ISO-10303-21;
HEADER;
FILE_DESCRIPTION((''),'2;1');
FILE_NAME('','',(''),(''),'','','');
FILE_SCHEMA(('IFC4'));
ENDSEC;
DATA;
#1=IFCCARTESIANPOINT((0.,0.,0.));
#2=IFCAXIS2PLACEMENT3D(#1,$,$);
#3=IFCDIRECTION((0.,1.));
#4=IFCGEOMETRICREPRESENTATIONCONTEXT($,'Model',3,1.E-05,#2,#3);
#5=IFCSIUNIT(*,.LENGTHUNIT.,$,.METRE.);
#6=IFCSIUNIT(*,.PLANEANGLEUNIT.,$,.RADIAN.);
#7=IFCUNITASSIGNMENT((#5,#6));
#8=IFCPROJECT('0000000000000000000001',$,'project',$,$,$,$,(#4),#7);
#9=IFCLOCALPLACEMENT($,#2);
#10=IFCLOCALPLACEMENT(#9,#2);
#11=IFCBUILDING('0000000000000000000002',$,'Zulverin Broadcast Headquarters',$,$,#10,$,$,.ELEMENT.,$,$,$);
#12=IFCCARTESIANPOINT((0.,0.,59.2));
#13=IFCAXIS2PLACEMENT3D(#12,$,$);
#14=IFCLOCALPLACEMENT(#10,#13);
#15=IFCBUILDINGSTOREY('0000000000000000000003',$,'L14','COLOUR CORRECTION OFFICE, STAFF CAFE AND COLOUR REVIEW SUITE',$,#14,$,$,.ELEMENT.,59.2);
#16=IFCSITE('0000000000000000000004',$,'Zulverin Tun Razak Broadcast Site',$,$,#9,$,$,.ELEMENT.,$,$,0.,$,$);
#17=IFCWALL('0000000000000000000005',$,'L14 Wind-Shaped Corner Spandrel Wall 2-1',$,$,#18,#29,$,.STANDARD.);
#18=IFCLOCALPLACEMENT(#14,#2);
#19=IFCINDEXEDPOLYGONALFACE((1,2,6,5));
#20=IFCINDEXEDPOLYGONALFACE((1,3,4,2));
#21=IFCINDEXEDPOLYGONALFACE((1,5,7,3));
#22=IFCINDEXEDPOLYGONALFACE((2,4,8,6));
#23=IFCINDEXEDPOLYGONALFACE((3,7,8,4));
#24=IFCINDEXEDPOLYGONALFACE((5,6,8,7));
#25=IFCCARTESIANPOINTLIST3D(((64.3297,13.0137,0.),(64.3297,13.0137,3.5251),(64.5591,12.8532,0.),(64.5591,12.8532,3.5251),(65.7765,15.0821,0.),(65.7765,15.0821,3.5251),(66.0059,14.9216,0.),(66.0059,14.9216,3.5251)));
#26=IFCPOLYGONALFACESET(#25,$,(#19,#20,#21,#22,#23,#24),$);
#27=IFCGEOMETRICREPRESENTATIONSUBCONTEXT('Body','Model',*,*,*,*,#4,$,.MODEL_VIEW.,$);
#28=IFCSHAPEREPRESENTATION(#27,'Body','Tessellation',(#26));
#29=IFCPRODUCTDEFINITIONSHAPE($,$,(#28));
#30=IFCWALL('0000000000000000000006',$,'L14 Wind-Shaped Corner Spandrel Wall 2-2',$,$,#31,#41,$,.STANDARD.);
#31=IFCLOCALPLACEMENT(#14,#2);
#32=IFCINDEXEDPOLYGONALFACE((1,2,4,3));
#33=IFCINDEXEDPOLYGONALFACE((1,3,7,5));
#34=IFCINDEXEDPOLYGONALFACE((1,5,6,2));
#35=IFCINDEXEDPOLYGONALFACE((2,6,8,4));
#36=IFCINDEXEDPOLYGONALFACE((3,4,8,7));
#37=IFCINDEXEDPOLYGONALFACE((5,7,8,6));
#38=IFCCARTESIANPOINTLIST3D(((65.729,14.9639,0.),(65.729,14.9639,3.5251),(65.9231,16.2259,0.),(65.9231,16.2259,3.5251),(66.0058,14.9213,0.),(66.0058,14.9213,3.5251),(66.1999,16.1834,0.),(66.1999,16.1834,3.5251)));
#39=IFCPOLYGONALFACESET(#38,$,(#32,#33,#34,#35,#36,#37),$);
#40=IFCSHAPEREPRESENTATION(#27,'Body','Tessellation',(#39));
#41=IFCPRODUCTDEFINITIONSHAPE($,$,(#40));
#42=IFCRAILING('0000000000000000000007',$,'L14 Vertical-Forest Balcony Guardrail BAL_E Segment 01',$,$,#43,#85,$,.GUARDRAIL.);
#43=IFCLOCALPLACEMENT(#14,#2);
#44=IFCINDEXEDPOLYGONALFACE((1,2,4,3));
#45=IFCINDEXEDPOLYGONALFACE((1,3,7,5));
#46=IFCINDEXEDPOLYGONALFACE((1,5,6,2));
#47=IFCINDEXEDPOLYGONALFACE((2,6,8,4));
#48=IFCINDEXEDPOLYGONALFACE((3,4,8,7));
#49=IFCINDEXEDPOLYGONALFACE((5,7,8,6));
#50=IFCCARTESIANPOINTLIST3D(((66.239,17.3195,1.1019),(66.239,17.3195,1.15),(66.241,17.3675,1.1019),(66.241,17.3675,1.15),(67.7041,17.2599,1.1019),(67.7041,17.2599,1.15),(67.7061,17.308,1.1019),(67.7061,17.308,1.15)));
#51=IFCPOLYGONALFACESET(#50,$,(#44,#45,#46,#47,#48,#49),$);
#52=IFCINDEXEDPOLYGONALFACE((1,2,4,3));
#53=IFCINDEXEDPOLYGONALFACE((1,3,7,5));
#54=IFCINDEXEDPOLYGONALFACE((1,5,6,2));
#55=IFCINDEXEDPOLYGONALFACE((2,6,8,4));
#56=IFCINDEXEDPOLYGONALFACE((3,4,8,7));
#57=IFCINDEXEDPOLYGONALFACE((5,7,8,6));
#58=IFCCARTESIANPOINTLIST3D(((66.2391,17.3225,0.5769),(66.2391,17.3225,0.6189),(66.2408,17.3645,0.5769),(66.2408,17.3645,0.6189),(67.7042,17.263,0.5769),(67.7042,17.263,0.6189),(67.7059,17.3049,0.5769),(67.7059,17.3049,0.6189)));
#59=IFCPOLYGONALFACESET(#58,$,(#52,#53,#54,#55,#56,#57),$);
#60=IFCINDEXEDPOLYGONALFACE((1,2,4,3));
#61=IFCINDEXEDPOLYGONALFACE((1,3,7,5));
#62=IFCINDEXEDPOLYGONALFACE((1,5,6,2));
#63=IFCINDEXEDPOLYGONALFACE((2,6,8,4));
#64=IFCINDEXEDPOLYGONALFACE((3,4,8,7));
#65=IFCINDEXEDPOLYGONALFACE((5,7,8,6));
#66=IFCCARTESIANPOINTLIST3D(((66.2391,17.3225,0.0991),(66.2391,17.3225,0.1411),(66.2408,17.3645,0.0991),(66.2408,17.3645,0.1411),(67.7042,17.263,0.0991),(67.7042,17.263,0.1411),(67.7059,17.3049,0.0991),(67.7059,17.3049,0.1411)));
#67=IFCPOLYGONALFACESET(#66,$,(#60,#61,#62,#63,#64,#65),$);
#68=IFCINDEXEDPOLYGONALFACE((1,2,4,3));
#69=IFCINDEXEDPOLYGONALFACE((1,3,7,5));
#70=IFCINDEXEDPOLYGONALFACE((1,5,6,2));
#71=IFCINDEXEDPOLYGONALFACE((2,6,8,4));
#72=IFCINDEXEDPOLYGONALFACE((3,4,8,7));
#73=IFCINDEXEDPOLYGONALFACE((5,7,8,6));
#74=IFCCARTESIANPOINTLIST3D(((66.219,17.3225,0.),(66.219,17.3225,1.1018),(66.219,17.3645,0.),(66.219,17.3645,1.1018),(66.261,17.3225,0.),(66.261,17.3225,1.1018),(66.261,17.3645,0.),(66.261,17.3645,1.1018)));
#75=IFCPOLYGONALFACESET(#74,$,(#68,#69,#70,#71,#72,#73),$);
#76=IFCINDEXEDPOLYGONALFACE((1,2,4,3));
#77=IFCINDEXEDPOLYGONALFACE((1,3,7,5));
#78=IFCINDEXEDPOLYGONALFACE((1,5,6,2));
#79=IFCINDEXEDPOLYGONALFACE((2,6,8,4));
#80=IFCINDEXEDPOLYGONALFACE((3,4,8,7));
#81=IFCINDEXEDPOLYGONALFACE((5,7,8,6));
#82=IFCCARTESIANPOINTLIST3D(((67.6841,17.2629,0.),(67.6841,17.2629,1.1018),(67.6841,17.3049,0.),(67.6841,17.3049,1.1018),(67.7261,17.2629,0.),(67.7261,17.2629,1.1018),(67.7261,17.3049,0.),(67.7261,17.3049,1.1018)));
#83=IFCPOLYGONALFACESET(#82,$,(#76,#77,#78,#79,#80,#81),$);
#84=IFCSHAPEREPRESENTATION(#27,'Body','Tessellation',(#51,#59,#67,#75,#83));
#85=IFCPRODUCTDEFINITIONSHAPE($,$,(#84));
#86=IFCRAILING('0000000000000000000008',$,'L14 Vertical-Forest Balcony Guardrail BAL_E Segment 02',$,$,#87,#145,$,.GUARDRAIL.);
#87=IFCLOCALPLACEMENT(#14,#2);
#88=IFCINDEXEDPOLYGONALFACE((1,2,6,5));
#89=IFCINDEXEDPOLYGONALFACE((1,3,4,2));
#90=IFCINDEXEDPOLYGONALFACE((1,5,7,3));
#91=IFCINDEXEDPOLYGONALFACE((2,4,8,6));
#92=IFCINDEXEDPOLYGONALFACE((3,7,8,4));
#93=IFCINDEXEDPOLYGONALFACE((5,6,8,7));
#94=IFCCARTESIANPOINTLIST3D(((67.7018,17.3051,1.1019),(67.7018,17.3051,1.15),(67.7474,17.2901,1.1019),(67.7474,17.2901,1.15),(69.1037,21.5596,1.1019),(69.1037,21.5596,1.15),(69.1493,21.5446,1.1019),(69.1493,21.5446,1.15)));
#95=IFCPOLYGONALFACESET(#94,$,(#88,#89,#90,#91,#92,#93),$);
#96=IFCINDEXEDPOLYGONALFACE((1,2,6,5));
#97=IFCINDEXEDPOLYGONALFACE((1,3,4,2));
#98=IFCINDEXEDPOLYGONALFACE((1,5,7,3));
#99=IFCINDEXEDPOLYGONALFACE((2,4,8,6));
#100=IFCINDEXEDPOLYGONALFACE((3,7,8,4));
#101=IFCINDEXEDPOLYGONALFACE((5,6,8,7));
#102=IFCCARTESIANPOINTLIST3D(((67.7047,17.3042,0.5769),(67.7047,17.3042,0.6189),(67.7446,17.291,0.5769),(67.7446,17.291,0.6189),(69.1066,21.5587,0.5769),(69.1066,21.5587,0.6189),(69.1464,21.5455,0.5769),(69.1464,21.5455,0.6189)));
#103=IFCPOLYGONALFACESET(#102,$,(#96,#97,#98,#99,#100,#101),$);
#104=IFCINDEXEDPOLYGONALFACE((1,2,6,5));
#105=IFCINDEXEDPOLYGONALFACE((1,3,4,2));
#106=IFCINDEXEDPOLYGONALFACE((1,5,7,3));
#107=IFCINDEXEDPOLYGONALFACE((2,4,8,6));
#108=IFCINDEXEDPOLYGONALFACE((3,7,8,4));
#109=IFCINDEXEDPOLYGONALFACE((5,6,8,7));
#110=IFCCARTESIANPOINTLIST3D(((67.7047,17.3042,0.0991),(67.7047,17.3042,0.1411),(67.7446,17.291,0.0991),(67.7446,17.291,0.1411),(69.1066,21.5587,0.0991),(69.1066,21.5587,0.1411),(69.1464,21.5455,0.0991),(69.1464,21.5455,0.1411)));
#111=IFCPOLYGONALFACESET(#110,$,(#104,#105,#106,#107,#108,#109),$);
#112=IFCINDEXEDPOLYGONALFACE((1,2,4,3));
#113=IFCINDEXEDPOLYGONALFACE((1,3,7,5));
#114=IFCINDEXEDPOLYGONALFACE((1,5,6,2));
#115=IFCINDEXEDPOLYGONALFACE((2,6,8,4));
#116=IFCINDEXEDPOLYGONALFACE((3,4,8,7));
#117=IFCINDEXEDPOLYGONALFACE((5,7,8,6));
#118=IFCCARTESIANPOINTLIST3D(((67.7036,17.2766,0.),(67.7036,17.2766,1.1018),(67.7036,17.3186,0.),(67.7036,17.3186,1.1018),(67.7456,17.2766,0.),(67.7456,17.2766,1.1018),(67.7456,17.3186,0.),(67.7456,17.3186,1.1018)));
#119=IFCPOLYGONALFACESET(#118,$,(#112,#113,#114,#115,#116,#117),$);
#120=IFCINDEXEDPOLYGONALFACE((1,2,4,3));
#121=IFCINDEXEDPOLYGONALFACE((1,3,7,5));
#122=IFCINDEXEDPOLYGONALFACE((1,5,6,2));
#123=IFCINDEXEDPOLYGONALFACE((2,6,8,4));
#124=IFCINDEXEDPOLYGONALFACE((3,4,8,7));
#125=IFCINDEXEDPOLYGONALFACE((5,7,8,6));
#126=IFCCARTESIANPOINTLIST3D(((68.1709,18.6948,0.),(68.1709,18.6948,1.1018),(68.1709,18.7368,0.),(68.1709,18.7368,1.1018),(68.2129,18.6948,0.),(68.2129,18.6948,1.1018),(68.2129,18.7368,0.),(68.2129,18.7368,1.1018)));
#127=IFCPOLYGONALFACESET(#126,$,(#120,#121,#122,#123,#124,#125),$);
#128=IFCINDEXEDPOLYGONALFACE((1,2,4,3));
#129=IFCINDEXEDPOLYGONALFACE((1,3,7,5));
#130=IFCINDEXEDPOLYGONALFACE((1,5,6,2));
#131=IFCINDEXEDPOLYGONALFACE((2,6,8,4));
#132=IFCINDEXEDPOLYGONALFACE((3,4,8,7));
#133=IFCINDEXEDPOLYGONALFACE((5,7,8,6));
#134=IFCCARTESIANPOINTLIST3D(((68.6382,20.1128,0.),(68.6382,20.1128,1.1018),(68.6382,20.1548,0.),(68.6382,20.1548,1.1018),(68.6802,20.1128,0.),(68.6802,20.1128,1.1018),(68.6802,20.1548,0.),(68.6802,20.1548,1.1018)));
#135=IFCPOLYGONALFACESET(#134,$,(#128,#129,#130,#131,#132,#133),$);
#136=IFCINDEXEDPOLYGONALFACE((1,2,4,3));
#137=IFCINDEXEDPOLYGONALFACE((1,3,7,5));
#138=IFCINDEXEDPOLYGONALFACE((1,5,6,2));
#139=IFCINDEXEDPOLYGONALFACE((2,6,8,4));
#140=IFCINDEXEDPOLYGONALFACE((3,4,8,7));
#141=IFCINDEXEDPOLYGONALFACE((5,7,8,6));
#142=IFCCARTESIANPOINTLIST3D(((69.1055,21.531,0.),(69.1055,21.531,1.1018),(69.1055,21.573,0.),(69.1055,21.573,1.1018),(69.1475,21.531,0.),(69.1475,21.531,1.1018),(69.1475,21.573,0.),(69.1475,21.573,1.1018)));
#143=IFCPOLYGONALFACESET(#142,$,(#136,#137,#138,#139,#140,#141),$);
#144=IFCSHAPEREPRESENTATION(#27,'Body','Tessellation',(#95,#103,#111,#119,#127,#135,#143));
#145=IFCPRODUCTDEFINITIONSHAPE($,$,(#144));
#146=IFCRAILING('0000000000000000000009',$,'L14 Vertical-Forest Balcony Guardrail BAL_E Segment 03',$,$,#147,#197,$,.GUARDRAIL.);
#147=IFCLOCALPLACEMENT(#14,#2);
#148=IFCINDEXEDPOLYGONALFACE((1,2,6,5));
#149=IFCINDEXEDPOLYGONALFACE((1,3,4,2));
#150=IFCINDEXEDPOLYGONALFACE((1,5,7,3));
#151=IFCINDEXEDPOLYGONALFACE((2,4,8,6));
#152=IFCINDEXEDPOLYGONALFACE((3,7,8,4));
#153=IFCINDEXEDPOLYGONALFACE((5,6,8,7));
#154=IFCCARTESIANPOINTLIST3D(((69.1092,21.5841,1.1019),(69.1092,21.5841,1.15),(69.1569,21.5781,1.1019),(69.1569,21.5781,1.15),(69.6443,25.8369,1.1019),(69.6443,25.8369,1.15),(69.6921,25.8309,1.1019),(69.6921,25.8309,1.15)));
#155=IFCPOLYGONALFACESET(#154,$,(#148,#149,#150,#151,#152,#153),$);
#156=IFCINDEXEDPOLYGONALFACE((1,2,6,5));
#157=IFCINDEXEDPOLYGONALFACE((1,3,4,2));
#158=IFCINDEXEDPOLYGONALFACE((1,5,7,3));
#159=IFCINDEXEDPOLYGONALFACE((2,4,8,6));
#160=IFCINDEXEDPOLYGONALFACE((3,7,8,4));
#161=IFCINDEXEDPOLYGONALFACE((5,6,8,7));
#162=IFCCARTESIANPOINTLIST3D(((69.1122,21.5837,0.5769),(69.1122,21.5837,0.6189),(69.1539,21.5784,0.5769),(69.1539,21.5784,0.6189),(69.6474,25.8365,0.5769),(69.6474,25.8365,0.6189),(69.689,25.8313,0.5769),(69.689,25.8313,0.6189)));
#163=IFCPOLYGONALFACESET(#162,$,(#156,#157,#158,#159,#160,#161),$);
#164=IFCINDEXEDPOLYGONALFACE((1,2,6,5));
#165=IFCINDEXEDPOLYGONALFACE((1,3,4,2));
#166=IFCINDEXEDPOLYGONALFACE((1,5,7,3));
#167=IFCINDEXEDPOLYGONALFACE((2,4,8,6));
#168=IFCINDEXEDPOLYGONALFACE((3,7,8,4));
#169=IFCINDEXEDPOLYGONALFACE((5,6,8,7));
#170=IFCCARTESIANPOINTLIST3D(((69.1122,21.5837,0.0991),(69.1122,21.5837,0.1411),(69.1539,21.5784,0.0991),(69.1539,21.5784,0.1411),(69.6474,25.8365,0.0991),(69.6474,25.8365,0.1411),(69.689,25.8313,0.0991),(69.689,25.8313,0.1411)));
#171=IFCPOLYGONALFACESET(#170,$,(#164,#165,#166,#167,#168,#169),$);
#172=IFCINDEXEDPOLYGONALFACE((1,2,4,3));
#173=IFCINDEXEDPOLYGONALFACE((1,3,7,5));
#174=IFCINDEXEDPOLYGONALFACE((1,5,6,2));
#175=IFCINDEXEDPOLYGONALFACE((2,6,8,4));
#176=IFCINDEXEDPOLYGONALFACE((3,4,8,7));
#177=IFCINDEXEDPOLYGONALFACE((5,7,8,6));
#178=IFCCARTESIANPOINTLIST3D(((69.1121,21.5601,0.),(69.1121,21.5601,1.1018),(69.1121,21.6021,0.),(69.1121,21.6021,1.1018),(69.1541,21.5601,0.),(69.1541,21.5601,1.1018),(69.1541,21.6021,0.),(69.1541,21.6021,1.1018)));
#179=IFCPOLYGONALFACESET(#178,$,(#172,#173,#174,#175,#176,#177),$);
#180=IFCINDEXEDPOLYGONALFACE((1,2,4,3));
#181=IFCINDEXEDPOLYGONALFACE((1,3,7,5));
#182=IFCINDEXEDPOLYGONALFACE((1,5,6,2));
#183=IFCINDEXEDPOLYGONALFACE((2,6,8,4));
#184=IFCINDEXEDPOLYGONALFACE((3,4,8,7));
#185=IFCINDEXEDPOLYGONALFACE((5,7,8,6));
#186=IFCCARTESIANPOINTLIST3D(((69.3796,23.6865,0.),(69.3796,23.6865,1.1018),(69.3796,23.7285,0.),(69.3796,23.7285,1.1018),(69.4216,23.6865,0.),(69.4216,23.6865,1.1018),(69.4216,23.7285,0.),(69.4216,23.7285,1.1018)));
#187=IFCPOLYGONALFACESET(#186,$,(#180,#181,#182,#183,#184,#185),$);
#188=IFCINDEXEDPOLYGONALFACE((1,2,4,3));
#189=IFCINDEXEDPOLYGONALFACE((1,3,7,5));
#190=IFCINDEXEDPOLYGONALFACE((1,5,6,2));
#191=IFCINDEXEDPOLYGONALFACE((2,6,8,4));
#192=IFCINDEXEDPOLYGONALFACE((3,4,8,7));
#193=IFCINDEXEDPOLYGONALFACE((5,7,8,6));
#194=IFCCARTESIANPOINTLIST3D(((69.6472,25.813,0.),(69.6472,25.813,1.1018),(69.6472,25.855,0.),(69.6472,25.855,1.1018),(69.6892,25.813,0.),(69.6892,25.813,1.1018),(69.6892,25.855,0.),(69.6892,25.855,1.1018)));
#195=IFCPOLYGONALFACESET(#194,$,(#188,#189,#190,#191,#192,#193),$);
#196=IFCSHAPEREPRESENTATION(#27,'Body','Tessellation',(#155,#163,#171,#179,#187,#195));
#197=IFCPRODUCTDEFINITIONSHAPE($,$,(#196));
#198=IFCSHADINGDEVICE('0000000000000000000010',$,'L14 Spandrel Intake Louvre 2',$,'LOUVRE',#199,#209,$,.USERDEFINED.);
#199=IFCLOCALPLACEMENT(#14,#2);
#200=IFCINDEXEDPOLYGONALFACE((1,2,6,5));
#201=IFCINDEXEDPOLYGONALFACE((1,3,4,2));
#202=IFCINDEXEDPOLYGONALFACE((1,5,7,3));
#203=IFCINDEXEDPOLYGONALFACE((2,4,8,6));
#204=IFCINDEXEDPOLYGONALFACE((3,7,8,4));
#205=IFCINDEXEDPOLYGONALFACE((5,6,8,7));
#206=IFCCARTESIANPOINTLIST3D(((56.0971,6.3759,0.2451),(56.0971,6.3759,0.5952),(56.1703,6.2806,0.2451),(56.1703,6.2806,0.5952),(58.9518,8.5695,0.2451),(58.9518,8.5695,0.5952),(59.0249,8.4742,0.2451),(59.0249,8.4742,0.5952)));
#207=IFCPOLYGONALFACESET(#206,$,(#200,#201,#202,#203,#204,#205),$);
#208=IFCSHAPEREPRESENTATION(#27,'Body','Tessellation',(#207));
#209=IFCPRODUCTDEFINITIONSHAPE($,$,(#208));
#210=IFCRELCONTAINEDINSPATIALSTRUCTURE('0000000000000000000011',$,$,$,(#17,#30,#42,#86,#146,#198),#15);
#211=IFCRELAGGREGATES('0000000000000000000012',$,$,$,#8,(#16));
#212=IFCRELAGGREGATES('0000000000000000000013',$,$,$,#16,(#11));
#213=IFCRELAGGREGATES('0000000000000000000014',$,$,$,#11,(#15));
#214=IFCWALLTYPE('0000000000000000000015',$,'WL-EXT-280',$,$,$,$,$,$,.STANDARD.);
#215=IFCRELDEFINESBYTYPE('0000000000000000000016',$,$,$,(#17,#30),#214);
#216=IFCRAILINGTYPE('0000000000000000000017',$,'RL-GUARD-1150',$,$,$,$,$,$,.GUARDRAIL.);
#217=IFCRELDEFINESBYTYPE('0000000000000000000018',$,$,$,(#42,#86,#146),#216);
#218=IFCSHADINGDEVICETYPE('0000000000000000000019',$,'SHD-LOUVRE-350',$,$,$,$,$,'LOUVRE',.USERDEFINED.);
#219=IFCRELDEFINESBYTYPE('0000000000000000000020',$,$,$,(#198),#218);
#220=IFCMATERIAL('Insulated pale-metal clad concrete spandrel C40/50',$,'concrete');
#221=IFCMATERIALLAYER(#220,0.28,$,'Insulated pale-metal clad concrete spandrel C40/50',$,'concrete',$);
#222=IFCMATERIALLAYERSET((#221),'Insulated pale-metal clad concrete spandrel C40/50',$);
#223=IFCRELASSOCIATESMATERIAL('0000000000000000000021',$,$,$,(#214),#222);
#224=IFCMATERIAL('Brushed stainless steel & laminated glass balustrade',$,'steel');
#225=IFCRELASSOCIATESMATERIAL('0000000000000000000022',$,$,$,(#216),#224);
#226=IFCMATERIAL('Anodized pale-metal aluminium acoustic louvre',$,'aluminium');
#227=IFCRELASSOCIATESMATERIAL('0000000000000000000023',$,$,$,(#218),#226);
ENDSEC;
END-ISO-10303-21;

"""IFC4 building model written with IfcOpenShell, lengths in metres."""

from ifc_helpers import new_model, si_unit, direction, frame, frame_2d, origin, origin_2d, place, context, subcontext, project, spatial, rectangle, extrude, material, layer, layer_set, type_object, element, save


model = new_model("IFC4")

# Units and contexts
model_context = context("Model", 3, precision=1e-05, world=origin(), true_north=direction((0.0, 1.0)))
body_context = subcontext(model_context, "Body", "Model", "MODEL_VIEW")
ifc_project = project(units=[si_unit("LENGTHUNIT", "METRE"), si_unit("PLANEANGLEUNIT", "RADIAN")], contexts=[model_context])

# Site, building, storey
site_placement = place(None, origin())
site = spatial("IfcSite", under=ifc_project, at=site_placement, Name="Zulverin Tun Razak Broadcast Site", CompositionType="ELEMENT", RefElevation=0.0)
building_placement = place(site_placement, origin())
building = spatial("IfcBuilding", under=site, at=building_placement, Name="Zulverin Broadcast Headquarters", CompositionType="ELEMENT")
storey_placement = place(building_placement, frame((0.0, 0.0, 59.2)))
storey = spatial("IfcBuildingStorey", under=building, at=storey_placement, Name="L14", Description="COLOUR CORRECTION OFFICE, STAFF CAFE AND COLOUR REVIEW SUITE", CompositionType="ELEMENT", Elevation=59.2)

# Shared definitions
ifc_material_1 = material(Name="Insulated pale-metal clad concrete spandrel C40/50", Category="concrete")
ifc_layer_1 = layer(ifc_material_1, 0.28, Name="Insulated pale-metal clad concrete spandrel C40/50", Category="concrete")
ifc_layer_set_1 = layer_set([ifc_layer_1], Name="Insulated pale-metal clad concrete spandrel C40/50")
wall_type = type_object("IfcWallType", Name="WL-EXT-280", PredefinedType="STANDARD", material=ifc_layer_set_1)

# Walls
wall_1_placement = place(storey_placement, frame((64.4443, 12.9333, 0.0), z_axis=(0.0, 0.0, 1.0), x_axis=(0.573177, 0.819432, 0.0)))
element("IfcWall", 1, at=wall_1_placement, inside=storey, type_object=wall_type, Name="L14 Wind-Shaped Corner Spandrel Wall 2-1", PredefinedType="STANDARD", context=body_context, shape_type="SweptSolid", body=[
    extrude(rectangle(XDim=2.5242, YDim=0.28, at=frame_2d((1.2622, 0.0))), origin(), (0.0, 0.0, 1.0), 3.5251),
])
wall_2_placement = place(storey_placement, frame((65.8674, 14.9426, 0.0), z_axis=(0.0, 0.0, 1.0), x_axis=(0.152014, 0.988378, 0.0)))
element("IfcWall", 2, at=wall_2_placement, inside=storey, type_object=wall_type, Name="L14 Wind-Shaped Corner Spandrel Wall 2-2", PredefinedType="STANDARD", context=body_context, shape_type="SweptSolid", body=[
    extrude(rectangle(XDim=1.2769, YDim=0.28, at=frame_2d((0.6384, 0.0))), origin(), (0.0, 0.0, 1.0), 3.5251),
])

# Railings
ifc_material_2 = material(Name="Brushed stainless steel & laminated glass balustrade", Category="steel")
railing_type = type_object("IfcRailingType", Name="RL-GUARD-1150", PredefinedType="GUARDRAIL", material=ifc_material_2)
railing_1_placement = place(storey_placement, frame((66.24, 17.3435, 0.0)))
element("IfcRailing", 3, at=railing_1_placement, inside=storey, type_object=railing_type, Name="L14 Vertical-Forest Balcony Guardrail BAL_E Segment 01", PredefinedType="GUARDRAIL", context=body_context, shape_type="SweptSolid", body=[
    extrude(rectangle(XDim=0.0481, YDim=0.0481, at=origin_2d()), frame((0.0, 0.0, 1.126), z_axis=(0.999174, -0.040626, 0.0), x_axis=(0.040626, 0.999174, 0.0)), (0.0, 0.0, 1.0), 1.4663),
    extrude(rectangle(XDim=0.042, YDim=0.042, at=origin_2d()), frame((0.0, 0.0, 0.5979), z_axis=(0.999174, -0.040626, 0.0), x_axis=(0.040626, 0.999174, 0.0)), (0.0, 0.0, 1.0), 1.4663),
    extrude(rectangle(XDim=0.042, YDim=0.042, at=origin_2d()), frame((0.0, 0.0, 0.1201), z_axis=(0.999174, -0.040626, 0.0), x_axis=(0.040626, 0.999174, 0.0)), (0.0, 0.0, 1.0), 1.4663),
    extrude(rectangle(XDim=0.042, YDim=0.042, at=origin_2d()), origin(), (0.0, 0.0, 1.0), 1.1018),
    extrude(rectangle(XDim=0.042, YDim=0.042, at=origin_2d()), frame((1.4651, -0.0596, 0.0)), (0.0, 0.0, 1.0), 1.1018),
])
railing_2_placement = place(storey_placement, frame((67.7246, 17.2976, 0.0)))
element("IfcRailing", 4, at=railing_2_placement, inside=storey, type_object=railing_type, Name="L14 Vertical-Forest Balcony Guardrail BAL_E Segment 02", PredefinedType="GUARDRAIL", context=body_context, shape_type="SweptSolid", body=[
    extrude(rectangle(XDim=0.0481, YDim=0.0481, at=origin_2d()), frame((0.0, 0.0, 1.126), z_axis=(0.312956, 0.949768, 0.0), x_axis=(-0.949768, 0.312956, 0.0)), (0.0, 0.0, 1.0), 4.4795),
    extrude(rectangle(XDim=0.042, YDim=0.042, at=origin_2d()), frame((0.0, 0.0, 0.5979), z_axis=(0.312956, 0.949768, 0.0), x_axis=(-0.949768, 0.312956, 0.0)), (0.0, 0.0, 1.0), 4.4795),
    extrude(rectangle(XDim=0.042, YDim=0.042, at=origin_2d()), frame((0.0, 0.0, 0.1201), z_axis=(0.312956, 0.949768, 0.0), x_axis=(-0.949768, 0.312956, 0.0)), (0.0, 0.0, 1.0), 4.4795),
    extrude(rectangle(XDim=0.042, YDim=0.042, at=origin_2d()), origin(), (0.0, 0.0, 1.0), 1.1018),
    extrude(rectangle(XDim=0.042, YDim=0.042, at=origin_2d()), frame((0.4673, 1.4182, 0.0)), (0.0, 0.0, 1.0), 1.1018),
    extrude(rectangle(XDim=0.042, YDim=0.042, at=origin_2d()), frame((0.9346, 2.8362, 0.0)), (0.0, 0.0, 1.0), 1.1018),
    extrude(rectangle(XDim=0.042, YDim=0.042, at=origin_2d()), frame((1.4019, 4.2544, 0.0)), (0.0, 0.0, 1.0), 1.1018),
])
railing_3_placement = place(storey_placement, frame((69.1331, 21.5811, 0.0)))
element("IfcRailing", 5, at=railing_3_placement, inside=storey, type_object=railing_type, Name="L14 Vertical-Forest Balcony Guardrail BAL_E Segment 03", PredefinedType="GUARDRAIL", context=body_context, shape_type="SweptSolid", body=[
    extrude(rectangle(XDim=0.0481, YDim=0.0481, at=origin_2d()), frame((0.0, 0.0, 1.126), z_axis=(0.124848, 0.992176, 0.0), x_axis=(-0.992176, 0.124848, 0.0)), (0.0, 0.0, 1.0), 4.2864),
    extrude(rectangle(XDim=0.042, YDim=0.042, at=origin_2d()), frame((0.0, 0.0, 0.5979), z_axis=(0.124848, 0.992176, 0.0), x_axis=(-0.992176, 0.124848, 0.0)), (0.0, 0.0, 1.0), 4.2864),
    extrude(rectangle(XDim=0.042, YDim=0.042, at=origin_2d()), frame((0.0, 0.0, 0.1201), z_axis=(0.124848, 0.992176, 0.0), x_axis=(-0.992176, 0.124848, 0.0)), (0.0, 0.0, 1.0), 4.2864),
    extrude(rectangle(XDim=0.042, YDim=0.042, at=origin_2d()), origin(), (0.0, 0.0, 1.0), 1.1018),
    extrude(rectangle(XDim=0.042, YDim=0.042, at=origin_2d()), frame((0.2676, 2.1265, 0.0)), (0.0, 0.0, 1.0), 1.1018),
    extrude(rectangle(XDim=0.042, YDim=0.042, at=origin_2d()), frame((0.5352, 4.2529, 0.0)), (0.0, 0.0, 1.0), 1.1018),
])

# Shading device
ifc_material_3 = material(Name="Anodized pale-metal aluminium acoustic louvre", Category="aluminium")
shading_device_type_1 = type_object("IfcShadingDeviceType", Name="SHD-LOUVRE-350", ElementType="LOUVRE", PredefinedType="USERDEFINED", material=ifc_material_3)
shading_device_1_placement = place(storey_placement, frame((57.561, 7.425, 0.2451), z_axis=(0.0, 0.0, 1.0), x_axis=(0.792933, 0.609308, 0.0)))
element("IfcShadingDevice", 6, at=shading_device_1_placement, inside=storey, type_object=shading_device_type_1, Name="L14 Spandrel Intake Louvre 2", ObjectType="LOUVRE", PredefinedType="USERDEFINED", context=body_context, shape_type="SweptSolid", body=[
    extrude(rectangle(XDim=3.6001, YDim=0.1201, at=origin_2d()), origin(), (0.0, 0.0, 1.0), 0.3501),
])

save(model, "model.ifc")
